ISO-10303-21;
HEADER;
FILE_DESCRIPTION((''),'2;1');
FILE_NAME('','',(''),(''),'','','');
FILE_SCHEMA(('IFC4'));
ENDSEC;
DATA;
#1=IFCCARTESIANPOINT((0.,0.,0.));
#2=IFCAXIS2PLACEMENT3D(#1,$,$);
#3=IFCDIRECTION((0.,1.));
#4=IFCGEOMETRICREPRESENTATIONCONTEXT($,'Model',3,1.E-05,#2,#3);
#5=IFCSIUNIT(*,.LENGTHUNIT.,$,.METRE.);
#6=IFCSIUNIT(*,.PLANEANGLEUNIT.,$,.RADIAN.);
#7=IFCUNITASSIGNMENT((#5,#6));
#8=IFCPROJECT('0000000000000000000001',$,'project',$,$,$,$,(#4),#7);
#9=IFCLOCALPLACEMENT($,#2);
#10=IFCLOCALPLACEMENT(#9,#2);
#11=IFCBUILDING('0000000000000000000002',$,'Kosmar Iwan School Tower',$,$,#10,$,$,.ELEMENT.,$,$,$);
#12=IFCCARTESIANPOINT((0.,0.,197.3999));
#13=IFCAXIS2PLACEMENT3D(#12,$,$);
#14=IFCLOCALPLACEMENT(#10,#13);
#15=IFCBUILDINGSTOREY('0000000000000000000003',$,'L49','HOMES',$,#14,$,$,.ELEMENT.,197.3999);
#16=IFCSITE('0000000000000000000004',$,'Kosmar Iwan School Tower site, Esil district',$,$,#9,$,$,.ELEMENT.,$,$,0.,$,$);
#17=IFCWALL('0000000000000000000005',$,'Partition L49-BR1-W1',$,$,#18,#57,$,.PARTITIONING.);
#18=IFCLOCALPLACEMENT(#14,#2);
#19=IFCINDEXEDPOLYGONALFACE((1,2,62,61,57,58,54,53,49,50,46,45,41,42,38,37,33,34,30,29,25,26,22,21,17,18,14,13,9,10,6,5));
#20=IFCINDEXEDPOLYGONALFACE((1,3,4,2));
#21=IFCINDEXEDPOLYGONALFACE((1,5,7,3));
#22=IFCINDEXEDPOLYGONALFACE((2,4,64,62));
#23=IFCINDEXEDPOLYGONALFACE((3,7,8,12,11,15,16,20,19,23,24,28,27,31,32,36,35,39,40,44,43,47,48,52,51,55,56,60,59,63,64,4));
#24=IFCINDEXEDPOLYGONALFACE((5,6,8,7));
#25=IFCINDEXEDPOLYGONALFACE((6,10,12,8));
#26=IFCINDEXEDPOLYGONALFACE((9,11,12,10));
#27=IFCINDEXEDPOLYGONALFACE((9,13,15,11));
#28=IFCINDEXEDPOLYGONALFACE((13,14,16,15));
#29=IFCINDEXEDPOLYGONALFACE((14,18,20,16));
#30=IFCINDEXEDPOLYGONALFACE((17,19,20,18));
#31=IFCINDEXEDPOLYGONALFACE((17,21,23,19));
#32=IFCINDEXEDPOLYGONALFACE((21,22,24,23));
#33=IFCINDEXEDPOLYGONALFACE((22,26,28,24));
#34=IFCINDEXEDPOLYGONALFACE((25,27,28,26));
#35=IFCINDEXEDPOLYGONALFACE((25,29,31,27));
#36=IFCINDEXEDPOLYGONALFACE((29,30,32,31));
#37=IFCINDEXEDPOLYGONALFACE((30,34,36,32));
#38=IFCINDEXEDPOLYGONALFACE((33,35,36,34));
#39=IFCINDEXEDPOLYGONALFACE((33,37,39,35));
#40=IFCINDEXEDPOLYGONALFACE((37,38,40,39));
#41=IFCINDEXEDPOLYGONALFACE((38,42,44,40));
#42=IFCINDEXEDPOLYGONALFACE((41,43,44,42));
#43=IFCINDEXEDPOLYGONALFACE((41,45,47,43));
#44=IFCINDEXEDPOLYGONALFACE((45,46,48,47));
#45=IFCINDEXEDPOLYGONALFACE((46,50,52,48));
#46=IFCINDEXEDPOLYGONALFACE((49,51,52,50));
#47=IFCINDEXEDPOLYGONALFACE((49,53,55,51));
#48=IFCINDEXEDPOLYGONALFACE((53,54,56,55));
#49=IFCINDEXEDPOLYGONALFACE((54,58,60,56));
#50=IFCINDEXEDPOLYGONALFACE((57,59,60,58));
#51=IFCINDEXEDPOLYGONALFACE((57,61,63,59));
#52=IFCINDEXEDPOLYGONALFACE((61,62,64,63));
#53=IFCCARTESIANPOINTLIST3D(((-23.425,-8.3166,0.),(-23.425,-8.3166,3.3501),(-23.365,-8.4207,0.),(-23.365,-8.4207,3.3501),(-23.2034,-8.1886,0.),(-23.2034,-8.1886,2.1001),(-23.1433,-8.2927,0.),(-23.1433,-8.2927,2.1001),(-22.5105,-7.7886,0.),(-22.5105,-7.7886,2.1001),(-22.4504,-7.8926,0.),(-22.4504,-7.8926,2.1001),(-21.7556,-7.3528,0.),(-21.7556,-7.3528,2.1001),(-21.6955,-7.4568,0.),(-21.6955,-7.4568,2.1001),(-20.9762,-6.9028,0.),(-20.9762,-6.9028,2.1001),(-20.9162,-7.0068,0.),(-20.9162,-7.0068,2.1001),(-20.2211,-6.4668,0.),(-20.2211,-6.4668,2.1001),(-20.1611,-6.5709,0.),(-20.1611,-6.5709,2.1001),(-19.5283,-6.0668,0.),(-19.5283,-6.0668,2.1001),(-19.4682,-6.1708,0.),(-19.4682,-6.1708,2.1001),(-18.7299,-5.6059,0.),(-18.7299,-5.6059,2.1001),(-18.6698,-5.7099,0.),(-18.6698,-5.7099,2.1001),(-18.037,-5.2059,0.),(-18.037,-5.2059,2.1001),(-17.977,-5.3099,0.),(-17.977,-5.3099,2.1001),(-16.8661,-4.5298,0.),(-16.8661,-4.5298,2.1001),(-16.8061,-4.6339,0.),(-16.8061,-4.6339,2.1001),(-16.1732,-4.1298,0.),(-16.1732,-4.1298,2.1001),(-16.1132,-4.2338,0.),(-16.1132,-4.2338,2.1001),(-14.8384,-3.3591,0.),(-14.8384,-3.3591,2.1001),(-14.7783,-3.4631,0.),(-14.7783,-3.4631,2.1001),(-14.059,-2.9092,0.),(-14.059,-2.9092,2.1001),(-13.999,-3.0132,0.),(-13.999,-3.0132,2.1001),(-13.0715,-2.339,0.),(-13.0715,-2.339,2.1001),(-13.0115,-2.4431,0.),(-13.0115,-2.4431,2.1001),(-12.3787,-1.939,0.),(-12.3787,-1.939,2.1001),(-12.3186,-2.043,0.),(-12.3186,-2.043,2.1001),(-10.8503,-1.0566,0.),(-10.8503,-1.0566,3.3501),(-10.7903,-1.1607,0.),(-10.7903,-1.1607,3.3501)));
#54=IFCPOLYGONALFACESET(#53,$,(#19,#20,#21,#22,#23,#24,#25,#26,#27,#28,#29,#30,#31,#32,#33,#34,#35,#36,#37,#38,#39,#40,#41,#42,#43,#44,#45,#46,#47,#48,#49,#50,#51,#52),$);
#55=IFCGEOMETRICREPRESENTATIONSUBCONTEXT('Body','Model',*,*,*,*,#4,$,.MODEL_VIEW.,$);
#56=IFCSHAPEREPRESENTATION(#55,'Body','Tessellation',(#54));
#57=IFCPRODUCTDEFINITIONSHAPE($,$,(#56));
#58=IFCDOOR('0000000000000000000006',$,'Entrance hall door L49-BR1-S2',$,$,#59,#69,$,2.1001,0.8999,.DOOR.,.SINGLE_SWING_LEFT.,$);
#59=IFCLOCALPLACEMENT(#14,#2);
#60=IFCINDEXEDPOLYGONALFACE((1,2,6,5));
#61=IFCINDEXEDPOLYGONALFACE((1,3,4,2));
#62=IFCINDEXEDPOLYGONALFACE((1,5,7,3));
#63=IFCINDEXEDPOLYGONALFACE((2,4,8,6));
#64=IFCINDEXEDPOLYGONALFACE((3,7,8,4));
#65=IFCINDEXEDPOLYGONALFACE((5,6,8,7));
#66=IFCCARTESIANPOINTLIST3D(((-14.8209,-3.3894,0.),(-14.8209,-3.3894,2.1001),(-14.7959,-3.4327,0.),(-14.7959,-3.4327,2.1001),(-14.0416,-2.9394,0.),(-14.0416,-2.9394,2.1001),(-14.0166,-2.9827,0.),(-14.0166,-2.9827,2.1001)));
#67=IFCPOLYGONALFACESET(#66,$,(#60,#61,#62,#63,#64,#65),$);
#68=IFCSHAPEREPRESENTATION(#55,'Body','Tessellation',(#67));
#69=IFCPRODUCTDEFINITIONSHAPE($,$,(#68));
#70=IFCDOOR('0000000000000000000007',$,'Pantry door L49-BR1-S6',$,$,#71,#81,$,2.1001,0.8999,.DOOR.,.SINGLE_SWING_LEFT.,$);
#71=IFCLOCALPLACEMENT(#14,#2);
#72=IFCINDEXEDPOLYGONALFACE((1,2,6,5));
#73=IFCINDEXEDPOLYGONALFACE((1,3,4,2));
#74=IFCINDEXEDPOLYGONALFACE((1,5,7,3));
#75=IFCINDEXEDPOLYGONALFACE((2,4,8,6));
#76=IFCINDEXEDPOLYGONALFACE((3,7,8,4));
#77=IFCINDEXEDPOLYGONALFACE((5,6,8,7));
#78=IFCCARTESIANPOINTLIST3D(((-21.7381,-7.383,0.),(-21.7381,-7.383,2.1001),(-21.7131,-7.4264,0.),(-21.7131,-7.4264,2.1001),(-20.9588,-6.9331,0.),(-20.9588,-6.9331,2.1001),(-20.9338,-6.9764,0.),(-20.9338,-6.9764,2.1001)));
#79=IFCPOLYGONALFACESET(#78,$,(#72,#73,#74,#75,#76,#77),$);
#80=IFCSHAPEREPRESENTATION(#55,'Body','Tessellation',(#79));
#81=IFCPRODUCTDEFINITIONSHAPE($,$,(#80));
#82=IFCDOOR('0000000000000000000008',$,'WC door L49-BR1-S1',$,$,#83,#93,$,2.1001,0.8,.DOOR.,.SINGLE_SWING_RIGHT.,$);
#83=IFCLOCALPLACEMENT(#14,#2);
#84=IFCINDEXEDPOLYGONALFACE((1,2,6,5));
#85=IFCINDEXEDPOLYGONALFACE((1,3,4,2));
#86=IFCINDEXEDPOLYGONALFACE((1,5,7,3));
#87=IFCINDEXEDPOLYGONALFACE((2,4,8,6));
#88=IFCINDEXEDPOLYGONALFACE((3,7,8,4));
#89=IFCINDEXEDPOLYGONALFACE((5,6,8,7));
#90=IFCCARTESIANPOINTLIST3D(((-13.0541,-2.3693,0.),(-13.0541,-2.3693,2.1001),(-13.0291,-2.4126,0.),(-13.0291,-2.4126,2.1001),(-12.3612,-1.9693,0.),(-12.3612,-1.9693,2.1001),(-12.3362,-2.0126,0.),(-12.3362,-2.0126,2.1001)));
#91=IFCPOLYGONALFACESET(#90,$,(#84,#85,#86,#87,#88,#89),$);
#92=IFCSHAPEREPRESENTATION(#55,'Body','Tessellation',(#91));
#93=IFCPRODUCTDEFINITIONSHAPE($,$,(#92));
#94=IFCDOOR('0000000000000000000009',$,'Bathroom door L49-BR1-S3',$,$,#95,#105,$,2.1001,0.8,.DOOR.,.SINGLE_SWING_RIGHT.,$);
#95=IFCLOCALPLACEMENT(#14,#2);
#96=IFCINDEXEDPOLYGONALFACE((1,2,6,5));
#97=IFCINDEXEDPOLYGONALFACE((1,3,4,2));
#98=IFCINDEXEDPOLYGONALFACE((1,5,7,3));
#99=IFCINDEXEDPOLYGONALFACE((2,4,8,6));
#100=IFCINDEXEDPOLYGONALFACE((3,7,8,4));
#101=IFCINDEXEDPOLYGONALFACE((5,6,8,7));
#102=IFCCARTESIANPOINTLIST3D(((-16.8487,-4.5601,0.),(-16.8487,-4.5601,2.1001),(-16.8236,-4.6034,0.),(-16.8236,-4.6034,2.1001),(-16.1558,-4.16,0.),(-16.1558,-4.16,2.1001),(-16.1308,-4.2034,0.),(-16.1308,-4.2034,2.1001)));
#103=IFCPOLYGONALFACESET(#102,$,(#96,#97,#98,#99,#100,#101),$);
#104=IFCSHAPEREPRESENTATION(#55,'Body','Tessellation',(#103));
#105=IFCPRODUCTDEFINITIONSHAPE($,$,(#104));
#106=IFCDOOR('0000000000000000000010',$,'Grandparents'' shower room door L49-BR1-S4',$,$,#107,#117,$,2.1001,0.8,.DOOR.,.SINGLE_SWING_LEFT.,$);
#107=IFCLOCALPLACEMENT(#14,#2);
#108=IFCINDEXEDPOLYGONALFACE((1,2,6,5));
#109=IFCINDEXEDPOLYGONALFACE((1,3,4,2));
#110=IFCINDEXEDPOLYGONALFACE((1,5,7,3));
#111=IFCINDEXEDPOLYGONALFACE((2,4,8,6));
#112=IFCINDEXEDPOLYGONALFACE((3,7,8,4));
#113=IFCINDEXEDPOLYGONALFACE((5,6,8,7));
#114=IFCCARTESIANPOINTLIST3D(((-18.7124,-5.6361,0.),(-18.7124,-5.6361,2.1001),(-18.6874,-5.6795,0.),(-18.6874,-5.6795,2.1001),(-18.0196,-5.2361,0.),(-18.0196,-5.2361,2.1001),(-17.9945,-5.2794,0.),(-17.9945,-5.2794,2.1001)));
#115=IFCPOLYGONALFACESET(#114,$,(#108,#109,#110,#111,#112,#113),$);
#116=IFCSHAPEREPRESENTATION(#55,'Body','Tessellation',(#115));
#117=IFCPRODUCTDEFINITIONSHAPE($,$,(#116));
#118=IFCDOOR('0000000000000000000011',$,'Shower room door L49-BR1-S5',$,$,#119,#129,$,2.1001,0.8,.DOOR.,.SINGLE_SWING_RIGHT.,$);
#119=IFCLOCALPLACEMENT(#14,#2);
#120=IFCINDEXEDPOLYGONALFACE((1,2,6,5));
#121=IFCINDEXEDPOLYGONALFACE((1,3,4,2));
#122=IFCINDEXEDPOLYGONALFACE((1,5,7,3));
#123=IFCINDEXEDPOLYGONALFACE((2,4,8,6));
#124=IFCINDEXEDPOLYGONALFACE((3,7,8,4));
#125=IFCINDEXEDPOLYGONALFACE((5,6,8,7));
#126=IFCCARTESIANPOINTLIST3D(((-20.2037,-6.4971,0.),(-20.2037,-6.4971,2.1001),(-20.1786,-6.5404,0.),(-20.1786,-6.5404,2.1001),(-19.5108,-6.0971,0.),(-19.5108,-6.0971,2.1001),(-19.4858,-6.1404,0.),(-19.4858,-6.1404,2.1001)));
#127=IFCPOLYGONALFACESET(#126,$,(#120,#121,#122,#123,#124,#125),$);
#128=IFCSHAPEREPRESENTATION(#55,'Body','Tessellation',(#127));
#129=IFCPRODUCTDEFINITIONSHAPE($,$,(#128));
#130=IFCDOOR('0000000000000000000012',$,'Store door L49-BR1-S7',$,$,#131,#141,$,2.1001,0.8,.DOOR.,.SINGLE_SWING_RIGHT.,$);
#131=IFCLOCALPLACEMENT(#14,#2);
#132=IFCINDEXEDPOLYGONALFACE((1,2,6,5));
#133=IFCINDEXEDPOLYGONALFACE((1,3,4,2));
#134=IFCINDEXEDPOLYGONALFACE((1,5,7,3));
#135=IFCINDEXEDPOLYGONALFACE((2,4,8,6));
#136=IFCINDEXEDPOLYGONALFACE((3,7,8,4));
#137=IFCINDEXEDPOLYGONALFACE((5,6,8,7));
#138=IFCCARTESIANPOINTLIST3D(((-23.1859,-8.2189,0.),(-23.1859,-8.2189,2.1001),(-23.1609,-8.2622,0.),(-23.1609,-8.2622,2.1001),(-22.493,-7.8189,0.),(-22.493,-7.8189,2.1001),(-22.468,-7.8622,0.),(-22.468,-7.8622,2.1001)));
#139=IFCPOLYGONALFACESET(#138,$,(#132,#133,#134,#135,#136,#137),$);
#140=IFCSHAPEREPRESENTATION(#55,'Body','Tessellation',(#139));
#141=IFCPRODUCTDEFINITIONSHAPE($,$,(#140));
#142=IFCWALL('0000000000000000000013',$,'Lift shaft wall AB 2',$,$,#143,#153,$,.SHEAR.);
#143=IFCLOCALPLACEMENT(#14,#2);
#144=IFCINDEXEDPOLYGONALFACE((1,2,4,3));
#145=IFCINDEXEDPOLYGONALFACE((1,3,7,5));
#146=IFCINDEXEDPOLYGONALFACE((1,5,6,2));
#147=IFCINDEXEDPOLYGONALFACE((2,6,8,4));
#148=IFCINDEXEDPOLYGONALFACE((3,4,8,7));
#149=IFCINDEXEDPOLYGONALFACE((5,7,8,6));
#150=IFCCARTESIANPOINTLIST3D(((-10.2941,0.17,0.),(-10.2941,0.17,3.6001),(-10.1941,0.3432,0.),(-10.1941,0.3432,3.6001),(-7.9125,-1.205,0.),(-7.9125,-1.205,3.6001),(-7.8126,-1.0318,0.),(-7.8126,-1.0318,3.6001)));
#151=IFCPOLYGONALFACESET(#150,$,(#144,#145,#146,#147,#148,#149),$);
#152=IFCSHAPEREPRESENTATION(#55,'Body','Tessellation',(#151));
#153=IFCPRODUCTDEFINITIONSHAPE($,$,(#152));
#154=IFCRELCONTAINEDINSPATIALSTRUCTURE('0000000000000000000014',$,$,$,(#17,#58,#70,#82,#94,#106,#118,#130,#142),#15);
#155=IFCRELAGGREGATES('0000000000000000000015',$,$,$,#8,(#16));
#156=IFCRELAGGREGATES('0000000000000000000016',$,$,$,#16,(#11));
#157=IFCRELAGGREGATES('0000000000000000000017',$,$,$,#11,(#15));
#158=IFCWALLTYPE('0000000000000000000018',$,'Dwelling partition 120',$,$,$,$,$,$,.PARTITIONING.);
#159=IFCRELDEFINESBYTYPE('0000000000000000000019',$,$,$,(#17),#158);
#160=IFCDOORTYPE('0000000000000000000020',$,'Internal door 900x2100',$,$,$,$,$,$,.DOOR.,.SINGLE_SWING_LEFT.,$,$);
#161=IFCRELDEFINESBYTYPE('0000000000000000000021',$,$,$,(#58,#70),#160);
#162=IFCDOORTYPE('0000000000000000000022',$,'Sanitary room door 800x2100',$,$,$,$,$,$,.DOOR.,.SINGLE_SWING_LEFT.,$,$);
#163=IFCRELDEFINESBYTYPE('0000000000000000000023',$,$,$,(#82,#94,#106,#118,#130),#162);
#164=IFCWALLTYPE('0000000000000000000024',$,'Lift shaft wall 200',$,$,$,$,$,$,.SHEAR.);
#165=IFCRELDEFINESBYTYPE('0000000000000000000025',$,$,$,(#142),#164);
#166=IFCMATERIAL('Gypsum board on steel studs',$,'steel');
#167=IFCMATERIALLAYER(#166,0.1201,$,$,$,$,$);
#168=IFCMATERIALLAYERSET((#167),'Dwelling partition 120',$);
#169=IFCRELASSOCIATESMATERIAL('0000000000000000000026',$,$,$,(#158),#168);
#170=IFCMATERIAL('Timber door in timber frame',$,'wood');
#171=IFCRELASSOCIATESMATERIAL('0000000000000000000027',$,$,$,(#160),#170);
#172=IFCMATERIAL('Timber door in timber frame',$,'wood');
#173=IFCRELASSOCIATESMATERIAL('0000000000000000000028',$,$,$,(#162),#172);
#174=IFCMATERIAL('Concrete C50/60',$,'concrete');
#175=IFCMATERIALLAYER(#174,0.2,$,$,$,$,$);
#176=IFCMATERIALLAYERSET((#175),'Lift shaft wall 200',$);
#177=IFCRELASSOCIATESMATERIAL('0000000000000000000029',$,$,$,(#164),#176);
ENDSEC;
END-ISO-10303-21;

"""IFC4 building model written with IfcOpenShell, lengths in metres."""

from ifc_helpers import new_model, si_unit, direction, frame, frame_2d, origin, place, context, subcontext, project, spatial, rectangle, extrude, material, layer, layer_set, type_object, element, fill, save


model = new_model("IFC4")

# Units and contexts
model_context = context("Model", 3, precision=1e-05, world=origin(), true_north=direction((0.0, 1.0)))
body_context = subcontext(model_context, "Body", "Model", "MODEL_VIEW")
ifc_project = project(units=[si_unit("LENGTHUNIT", "METRE"), si_unit("PLANEANGLEUNIT", "RADIAN")], contexts=[model_context])

# Site, building, storey
site_placement = place(None, origin())
site = spatial("IfcSite", under=ifc_project, at=site_placement, Name="Kosmar Iwan School Tower site, Esil district", CompositionType="ELEMENT", RefElevation=0.0)
building_placement = place(site_placement, origin())
building = spatial("IfcBuilding", under=site, at=building_placement, Name="Kosmar Iwan School Tower", CompositionType="ELEMENT")
storey_placement = place(building_placement, frame((0.0, 0.0, 197.3999)))
storey = spatial("IfcBuildingStorey", under=building, at=storey_placement, Name="L49", Description="HOMES", CompositionType="ELEMENT", Elevation=197.3999)

# Shared definitions
ifc_material_1 = material(Name="Gypsum board on steel studs", Category="steel")
ifc_layer_1 = layer(ifc_material_1, 0.1201)
ifc_layer_set_1 = layer_set([ifc_layer_1], Name="Dwelling partition 120")
wall_type_1 = type_object("IfcWallType", Name="Dwelling partition 120", PredefinedType="PARTITIONING", material=ifc_layer_set_1)

# Wall, openings, doors
wall_1_placement = place(storey_placement, frame((-10.8203, -1.1086, 0.0), z_axis=(0.0, 0.0, 1.0), x_axis=(-0.866025, -0.5, 0.0)))
wall_1 = element("IfcWall", 1, at=wall_1_placement, inside=storey, type_object=wall_type_1, Name="Partition L49-BR1-W1", PredefinedType="PARTITIONING", context=body_context, shape_type="SweptSolid", body=[
    extrude(rectangle(XDim=14.52, YDim=0.1201, at=frame_2d((7.26, 0.0))), origin(), (0.0, 0.0, 1.0), 3.3501),
])
opening_1_placement = place(wall_1_placement, frame((1.7649, 0.0, 0.0)))
opening_1 = element("IfcOpeningElement", 2, at=opening_1_placement, cuts=wall_1, PredefinedType="OPENING", context=body_context, shape_type="SweptSolid", body=[
    extrude(rectangle(XDim=0.8, YDim=2.1001, at=frame_2d((0.3999, 1.05))), frame((0.0, 0.072, 0.0), z_axis=(0.0, -1.0, 0.0), x_axis=(1.0, 0.0, 0.0)), (0.0, 0.0, 1.0), 0.144),
])
opening_2_placement = place(wall_1_placement, frame((3.7051, 0.0, 0.0)))
opening_2 = element("IfcOpeningElement", 3, at=opening_2_placement, cuts=wall_1, PredefinedType="OPENING", context=body_context, shape_type="SweptSolid", body=[
    extrude(rectangle(XDim=0.8999, YDim=2.1001, at=frame_2d((0.45, 1.05))), frame((0.0, 0.072, 0.0), z_axis=(0.0, -1.0, 0.0), x_axis=(1.0, 0.0, 0.0)), (0.0, 0.0, 1.0), 0.144),
])
opening_3_placement = place(wall_1_placement, frame((6.1465, 0.0, 0.0)))
opening_3 = element("IfcOpeningElement", 4, at=opening_3_placement, cuts=wall_1, PredefinedType="OPENING", context=body_context, shape_type="SweptSolid", body=[
    extrude(rectangle(XDim=0.8, YDim=2.1001, at=frame_2d((0.3999, 1.05))), frame((0.0, 0.072, 0.0), z_axis=(0.0, -1.0, 0.0), x_axis=(1.0, 0.0, 0.0)), (0.0, 0.0, 1.0), 0.144),
])
opening_4_placement = place(wall_1_placement, frame((8.2986, 0.0, 0.0)))
opening_4 = element("IfcOpeningElement", 5, at=opening_4_placement, cuts=wall_1, PredefinedType="OPENING", context=body_context, shape_type="SweptSolid", body=[
    extrude(rectangle(XDim=0.8, YDim=2.1001, at=frame_2d((0.3999, 1.05))), frame((0.0, 0.072, 0.0), z_axis=(0.0, -1.0, 0.0), x_axis=(1.0, 0.0, 0.0)), (0.0, 0.0, 1.0), 0.144),
])
opening_5_placement = place(wall_1_placement, frame((10.0205, 0.0, 0.0)))
opening_5 = element("IfcOpeningElement", 6, at=opening_5_placement, cuts=wall_1, PredefinedType="OPENING", context=body_context, shape_type="SweptSolid", body=[
    extrude(rectangle(XDim=0.8, YDim=2.1001, at=frame_2d((0.3999, 1.05))), frame((0.0, 0.072, 0.0), z_axis=(0.0, -1.0, 0.0), x_axis=(1.0, 0.0, 0.0)), (0.0, 0.0, 1.0), 0.144),
])
opening_6_placement = place(wall_1_placement, frame((11.6924, 0.0, 0.0)))
opening_6 = element("IfcOpeningElement", 7, at=opening_6_placement, cuts=wall_1, PredefinedType="OPENING", context=body_context, shape_type="SweptSolid", body=[
    extrude(rectangle(XDim=0.8999, YDim=2.1001, at=frame_2d((0.45, 1.05))), frame((0.0, 0.072, 0.0), z_axis=(0.0, -1.0, 0.0), x_axis=(1.0, 0.0, 0.0)), (0.0, 0.0, 1.0), 0.144),
])
opening_7_placement = place(wall_1_placement, frame((13.4641, 0.0, 0.0)))
opening_7 = element("IfcOpeningElement", 8, at=opening_7_placement, cuts=wall_1, PredefinedType="OPENING", context=body_context, shape_type="SweptSolid", body=[
    extrude(rectangle(XDim=0.8, YDim=2.1001, at=frame_2d((0.3999, 1.05))), frame((0.0, 0.072, 0.0), z_axis=(0.0, -1.0, 0.0), x_axis=(1.0, 0.0, 0.0)), (0.0, 0.0, 1.0), 0.144),
])
ifc_material_2 = material(Name="Timber door in timber frame", Category="wood")
door_type_1 = type_object("IfcDoorType", Name="Internal door 900x2100", OperationType="SINGLE_SWING_LEFT", PredefinedType="DOOR", material=ifc_material_2)
door_1_placement = place(opening_2_placement, origin())
door_1 = element("IfcDoor", 9, at=door_1_placement, inside=storey, type_object=door_type_1, Name="Entrance hall door L49-BR1-S2", OperationType="SINGLE_SWING_LEFT", OverallHeight=2.1001, OverallWidth=0.8999, PredefinedType="DOOR", context=body_context, shape_type="SweptSolid", body=[
    extrude(rectangle(XDim=0.8999, YDim=2.1001, at=frame_2d((0.45, 1.05))), frame((0.0, 0.0249, 0.0), z_axis=(0.0, -1.0, 0.0), x_axis=(1.0, 0.0, 0.0)), (0.0, 0.0, 1.0), 0.05),
])
fill(opening_2, door_1)
door_2_placement = place(opening_6_placement, origin())
door_2 = element("IfcDoor", 10, at=door_2_placement, inside=storey, type_object=door_type_1, Name="Pantry door L49-BR1-S6", OperationType="SINGLE_SWING_LEFT", OverallHeight=2.1001, OverallWidth=0.8999, PredefinedType="DOOR", context=body_context, shape_type="SweptSolid", body=[
    extrude(rectangle(XDim=0.8999, YDim=2.1001, at=frame_2d((0.45, 1.05))), frame((0.0, 0.0249, 0.0), z_axis=(0.0, -1.0, 0.0), x_axis=(1.0, 0.0, 0.0)), (0.0, 0.0, 1.0), 0.05),
])
fill(opening_6, door_2)
ifc_material_3 = material(Name="Timber door in timber frame", Category="wood")
door_type_2 = type_object("IfcDoorType", Name="Sanitary room door 800x2100", OperationType="SINGLE_SWING_LEFT", PredefinedType="DOOR", material=ifc_material_3)
door_3_placement = place(opening_1_placement, origin())
door_3 = element("IfcDoor", 11, at=door_3_placement, inside=storey, type_object=door_type_2, Name="WC door L49-BR1-S1", OperationType="SINGLE_SWING_RIGHT", OverallHeight=2.1001, OverallWidth=0.8, PredefinedType="DOOR", context=body_context, shape_type="SweptSolid", body=[
    extrude(rectangle(XDim=0.8, YDim=2.1001, at=frame_2d((0.3999, 1.05))), frame((0.0, 0.0249, 0.0), z_axis=(0.0, -1.0, 0.0), x_axis=(1.0, 0.0, 0.0)), (0.0, 0.0, 1.0), 0.05),
])
fill(opening_1, door_3)
door_4_placement = place(opening_3_placement, origin())
door_4 = element("IfcDoor", 12, at=door_4_placement, inside=storey, type_object=door_type_2, Name="Bathroom door L49-BR1-S3", OperationType="SINGLE_SWING_RIGHT", OverallHeight=2.1001, OverallWidth=0.8, PredefinedType="DOOR", context=body_context, shape_type="SweptSolid", body=[
    extrude(rectangle(XDim=0.8, YDim=2.1001, at=frame_2d((0.3999, 1.05))), frame((0.0, 0.0249, 0.0), z_axis=(0.0, -1.0, 0.0), x_axis=(1.0, 0.0, 0.0)), (0.0, 0.0, 1.0), 0.05),
])
fill(opening_3, door_4)
door_5_placement = place(opening_4_placement, origin())
door_5 = element("IfcDoor", 13, at=door_5_placement, inside=storey, type_object=door_type_2, Name="Grandparents' shower room door L49-BR1-S4", OperationType="SINGLE_SWING_LEFT", OverallHeight=2.1001, OverallWidth=0.8, PredefinedType="DOOR", context=body_context, shape_type="SweptSolid", body=[
    extrude(rectangle(XDim=0.8, YDim=2.1001, at=frame_2d((0.3999, 1.05))), frame((0.0, 0.0249, 0.0), z_axis=(0.0, -1.0, 0.0), x_axis=(1.0, 0.0, 0.0)), (0.0, 0.0, 1.0), 0.05),
])
fill(opening_4, door_5)
door_6_placement = place(opening_5_placement, origin())
door_6 = element("IfcDoor", 14, at=door_6_placement, inside=storey, type_object=door_type_2, Name="Shower room door L49-BR1-S5", OperationType="SINGLE_SWING_RIGHT", OverallHeight=2.1001, OverallWidth=0.8, PredefinedType="DOOR", context=body_context, shape_type="SweptSolid", body=[
    extrude(rectangle(XDim=0.8, YDim=2.1001, at=frame_2d((0.3999, 1.05))), frame((0.0, 0.0249, 0.0), z_axis=(0.0, -1.0, 0.0), x_axis=(1.0, 0.0, 0.0)), (0.0, 0.0, 1.0), 0.05),
])
fill(opening_5, door_6)
door_7_placement = place(opening_7_placement, origin())
door_7 = element("IfcDoor", 15, at=door_7_placement, inside=storey, type_object=door_type_2, Name="Store door L49-BR1-S7", OperationType="SINGLE_SWING_RIGHT", OverallHeight=2.1001, OverallWidth=0.8, PredefinedType="DOOR", context=body_context, shape_type="SweptSolid", body=[
    extrude(rectangle(XDim=0.8, YDim=2.1001, at=frame_2d((0.3999, 1.05))), frame((0.0, 0.0249, 0.0), z_axis=(0.0, -1.0, 0.0), x_axis=(1.0, 0.0, 0.0)), (0.0, 0.0, 1.0), 0.05),
])
fill(opening_7, door_7)

# Wall
ifc_material_4 = material(Name="Concrete C50/60", Category="concrete")
ifc_layer_2 = layer(ifc_material_4, 0.2)
ifc_layer_set_2 = layer_set([ifc_layer_2], Name="Lift shaft wall 200")
wall_type_2 = type_object("IfcWallType", Name="Lift shaft wall 200", PredefinedType="SHEAR", material=ifc_layer_set_2)
wall_2_placement = place(storey_placement, frame((-7.8625, -1.1184, 0.0), z_axis=(0.0, 0.0, 1.0), x_axis=(-0.866027, 0.499997, 0.0)))
element("IfcWall", 16, at=wall_2_placement, inside=storey, type_object=wall_type_2, Name="Lift shaft wall AB 2", PredefinedType="SHEAR", context=body_context, shape_type="SweptSolid", body=[
    extrude(rectangle(XDim=2.75, YDim=0.2, at=frame_2d((1.375, 0.0))), origin(), (0.0, 0.0, 1.0), 3.6001),
])

save(model, "model.ifc")
